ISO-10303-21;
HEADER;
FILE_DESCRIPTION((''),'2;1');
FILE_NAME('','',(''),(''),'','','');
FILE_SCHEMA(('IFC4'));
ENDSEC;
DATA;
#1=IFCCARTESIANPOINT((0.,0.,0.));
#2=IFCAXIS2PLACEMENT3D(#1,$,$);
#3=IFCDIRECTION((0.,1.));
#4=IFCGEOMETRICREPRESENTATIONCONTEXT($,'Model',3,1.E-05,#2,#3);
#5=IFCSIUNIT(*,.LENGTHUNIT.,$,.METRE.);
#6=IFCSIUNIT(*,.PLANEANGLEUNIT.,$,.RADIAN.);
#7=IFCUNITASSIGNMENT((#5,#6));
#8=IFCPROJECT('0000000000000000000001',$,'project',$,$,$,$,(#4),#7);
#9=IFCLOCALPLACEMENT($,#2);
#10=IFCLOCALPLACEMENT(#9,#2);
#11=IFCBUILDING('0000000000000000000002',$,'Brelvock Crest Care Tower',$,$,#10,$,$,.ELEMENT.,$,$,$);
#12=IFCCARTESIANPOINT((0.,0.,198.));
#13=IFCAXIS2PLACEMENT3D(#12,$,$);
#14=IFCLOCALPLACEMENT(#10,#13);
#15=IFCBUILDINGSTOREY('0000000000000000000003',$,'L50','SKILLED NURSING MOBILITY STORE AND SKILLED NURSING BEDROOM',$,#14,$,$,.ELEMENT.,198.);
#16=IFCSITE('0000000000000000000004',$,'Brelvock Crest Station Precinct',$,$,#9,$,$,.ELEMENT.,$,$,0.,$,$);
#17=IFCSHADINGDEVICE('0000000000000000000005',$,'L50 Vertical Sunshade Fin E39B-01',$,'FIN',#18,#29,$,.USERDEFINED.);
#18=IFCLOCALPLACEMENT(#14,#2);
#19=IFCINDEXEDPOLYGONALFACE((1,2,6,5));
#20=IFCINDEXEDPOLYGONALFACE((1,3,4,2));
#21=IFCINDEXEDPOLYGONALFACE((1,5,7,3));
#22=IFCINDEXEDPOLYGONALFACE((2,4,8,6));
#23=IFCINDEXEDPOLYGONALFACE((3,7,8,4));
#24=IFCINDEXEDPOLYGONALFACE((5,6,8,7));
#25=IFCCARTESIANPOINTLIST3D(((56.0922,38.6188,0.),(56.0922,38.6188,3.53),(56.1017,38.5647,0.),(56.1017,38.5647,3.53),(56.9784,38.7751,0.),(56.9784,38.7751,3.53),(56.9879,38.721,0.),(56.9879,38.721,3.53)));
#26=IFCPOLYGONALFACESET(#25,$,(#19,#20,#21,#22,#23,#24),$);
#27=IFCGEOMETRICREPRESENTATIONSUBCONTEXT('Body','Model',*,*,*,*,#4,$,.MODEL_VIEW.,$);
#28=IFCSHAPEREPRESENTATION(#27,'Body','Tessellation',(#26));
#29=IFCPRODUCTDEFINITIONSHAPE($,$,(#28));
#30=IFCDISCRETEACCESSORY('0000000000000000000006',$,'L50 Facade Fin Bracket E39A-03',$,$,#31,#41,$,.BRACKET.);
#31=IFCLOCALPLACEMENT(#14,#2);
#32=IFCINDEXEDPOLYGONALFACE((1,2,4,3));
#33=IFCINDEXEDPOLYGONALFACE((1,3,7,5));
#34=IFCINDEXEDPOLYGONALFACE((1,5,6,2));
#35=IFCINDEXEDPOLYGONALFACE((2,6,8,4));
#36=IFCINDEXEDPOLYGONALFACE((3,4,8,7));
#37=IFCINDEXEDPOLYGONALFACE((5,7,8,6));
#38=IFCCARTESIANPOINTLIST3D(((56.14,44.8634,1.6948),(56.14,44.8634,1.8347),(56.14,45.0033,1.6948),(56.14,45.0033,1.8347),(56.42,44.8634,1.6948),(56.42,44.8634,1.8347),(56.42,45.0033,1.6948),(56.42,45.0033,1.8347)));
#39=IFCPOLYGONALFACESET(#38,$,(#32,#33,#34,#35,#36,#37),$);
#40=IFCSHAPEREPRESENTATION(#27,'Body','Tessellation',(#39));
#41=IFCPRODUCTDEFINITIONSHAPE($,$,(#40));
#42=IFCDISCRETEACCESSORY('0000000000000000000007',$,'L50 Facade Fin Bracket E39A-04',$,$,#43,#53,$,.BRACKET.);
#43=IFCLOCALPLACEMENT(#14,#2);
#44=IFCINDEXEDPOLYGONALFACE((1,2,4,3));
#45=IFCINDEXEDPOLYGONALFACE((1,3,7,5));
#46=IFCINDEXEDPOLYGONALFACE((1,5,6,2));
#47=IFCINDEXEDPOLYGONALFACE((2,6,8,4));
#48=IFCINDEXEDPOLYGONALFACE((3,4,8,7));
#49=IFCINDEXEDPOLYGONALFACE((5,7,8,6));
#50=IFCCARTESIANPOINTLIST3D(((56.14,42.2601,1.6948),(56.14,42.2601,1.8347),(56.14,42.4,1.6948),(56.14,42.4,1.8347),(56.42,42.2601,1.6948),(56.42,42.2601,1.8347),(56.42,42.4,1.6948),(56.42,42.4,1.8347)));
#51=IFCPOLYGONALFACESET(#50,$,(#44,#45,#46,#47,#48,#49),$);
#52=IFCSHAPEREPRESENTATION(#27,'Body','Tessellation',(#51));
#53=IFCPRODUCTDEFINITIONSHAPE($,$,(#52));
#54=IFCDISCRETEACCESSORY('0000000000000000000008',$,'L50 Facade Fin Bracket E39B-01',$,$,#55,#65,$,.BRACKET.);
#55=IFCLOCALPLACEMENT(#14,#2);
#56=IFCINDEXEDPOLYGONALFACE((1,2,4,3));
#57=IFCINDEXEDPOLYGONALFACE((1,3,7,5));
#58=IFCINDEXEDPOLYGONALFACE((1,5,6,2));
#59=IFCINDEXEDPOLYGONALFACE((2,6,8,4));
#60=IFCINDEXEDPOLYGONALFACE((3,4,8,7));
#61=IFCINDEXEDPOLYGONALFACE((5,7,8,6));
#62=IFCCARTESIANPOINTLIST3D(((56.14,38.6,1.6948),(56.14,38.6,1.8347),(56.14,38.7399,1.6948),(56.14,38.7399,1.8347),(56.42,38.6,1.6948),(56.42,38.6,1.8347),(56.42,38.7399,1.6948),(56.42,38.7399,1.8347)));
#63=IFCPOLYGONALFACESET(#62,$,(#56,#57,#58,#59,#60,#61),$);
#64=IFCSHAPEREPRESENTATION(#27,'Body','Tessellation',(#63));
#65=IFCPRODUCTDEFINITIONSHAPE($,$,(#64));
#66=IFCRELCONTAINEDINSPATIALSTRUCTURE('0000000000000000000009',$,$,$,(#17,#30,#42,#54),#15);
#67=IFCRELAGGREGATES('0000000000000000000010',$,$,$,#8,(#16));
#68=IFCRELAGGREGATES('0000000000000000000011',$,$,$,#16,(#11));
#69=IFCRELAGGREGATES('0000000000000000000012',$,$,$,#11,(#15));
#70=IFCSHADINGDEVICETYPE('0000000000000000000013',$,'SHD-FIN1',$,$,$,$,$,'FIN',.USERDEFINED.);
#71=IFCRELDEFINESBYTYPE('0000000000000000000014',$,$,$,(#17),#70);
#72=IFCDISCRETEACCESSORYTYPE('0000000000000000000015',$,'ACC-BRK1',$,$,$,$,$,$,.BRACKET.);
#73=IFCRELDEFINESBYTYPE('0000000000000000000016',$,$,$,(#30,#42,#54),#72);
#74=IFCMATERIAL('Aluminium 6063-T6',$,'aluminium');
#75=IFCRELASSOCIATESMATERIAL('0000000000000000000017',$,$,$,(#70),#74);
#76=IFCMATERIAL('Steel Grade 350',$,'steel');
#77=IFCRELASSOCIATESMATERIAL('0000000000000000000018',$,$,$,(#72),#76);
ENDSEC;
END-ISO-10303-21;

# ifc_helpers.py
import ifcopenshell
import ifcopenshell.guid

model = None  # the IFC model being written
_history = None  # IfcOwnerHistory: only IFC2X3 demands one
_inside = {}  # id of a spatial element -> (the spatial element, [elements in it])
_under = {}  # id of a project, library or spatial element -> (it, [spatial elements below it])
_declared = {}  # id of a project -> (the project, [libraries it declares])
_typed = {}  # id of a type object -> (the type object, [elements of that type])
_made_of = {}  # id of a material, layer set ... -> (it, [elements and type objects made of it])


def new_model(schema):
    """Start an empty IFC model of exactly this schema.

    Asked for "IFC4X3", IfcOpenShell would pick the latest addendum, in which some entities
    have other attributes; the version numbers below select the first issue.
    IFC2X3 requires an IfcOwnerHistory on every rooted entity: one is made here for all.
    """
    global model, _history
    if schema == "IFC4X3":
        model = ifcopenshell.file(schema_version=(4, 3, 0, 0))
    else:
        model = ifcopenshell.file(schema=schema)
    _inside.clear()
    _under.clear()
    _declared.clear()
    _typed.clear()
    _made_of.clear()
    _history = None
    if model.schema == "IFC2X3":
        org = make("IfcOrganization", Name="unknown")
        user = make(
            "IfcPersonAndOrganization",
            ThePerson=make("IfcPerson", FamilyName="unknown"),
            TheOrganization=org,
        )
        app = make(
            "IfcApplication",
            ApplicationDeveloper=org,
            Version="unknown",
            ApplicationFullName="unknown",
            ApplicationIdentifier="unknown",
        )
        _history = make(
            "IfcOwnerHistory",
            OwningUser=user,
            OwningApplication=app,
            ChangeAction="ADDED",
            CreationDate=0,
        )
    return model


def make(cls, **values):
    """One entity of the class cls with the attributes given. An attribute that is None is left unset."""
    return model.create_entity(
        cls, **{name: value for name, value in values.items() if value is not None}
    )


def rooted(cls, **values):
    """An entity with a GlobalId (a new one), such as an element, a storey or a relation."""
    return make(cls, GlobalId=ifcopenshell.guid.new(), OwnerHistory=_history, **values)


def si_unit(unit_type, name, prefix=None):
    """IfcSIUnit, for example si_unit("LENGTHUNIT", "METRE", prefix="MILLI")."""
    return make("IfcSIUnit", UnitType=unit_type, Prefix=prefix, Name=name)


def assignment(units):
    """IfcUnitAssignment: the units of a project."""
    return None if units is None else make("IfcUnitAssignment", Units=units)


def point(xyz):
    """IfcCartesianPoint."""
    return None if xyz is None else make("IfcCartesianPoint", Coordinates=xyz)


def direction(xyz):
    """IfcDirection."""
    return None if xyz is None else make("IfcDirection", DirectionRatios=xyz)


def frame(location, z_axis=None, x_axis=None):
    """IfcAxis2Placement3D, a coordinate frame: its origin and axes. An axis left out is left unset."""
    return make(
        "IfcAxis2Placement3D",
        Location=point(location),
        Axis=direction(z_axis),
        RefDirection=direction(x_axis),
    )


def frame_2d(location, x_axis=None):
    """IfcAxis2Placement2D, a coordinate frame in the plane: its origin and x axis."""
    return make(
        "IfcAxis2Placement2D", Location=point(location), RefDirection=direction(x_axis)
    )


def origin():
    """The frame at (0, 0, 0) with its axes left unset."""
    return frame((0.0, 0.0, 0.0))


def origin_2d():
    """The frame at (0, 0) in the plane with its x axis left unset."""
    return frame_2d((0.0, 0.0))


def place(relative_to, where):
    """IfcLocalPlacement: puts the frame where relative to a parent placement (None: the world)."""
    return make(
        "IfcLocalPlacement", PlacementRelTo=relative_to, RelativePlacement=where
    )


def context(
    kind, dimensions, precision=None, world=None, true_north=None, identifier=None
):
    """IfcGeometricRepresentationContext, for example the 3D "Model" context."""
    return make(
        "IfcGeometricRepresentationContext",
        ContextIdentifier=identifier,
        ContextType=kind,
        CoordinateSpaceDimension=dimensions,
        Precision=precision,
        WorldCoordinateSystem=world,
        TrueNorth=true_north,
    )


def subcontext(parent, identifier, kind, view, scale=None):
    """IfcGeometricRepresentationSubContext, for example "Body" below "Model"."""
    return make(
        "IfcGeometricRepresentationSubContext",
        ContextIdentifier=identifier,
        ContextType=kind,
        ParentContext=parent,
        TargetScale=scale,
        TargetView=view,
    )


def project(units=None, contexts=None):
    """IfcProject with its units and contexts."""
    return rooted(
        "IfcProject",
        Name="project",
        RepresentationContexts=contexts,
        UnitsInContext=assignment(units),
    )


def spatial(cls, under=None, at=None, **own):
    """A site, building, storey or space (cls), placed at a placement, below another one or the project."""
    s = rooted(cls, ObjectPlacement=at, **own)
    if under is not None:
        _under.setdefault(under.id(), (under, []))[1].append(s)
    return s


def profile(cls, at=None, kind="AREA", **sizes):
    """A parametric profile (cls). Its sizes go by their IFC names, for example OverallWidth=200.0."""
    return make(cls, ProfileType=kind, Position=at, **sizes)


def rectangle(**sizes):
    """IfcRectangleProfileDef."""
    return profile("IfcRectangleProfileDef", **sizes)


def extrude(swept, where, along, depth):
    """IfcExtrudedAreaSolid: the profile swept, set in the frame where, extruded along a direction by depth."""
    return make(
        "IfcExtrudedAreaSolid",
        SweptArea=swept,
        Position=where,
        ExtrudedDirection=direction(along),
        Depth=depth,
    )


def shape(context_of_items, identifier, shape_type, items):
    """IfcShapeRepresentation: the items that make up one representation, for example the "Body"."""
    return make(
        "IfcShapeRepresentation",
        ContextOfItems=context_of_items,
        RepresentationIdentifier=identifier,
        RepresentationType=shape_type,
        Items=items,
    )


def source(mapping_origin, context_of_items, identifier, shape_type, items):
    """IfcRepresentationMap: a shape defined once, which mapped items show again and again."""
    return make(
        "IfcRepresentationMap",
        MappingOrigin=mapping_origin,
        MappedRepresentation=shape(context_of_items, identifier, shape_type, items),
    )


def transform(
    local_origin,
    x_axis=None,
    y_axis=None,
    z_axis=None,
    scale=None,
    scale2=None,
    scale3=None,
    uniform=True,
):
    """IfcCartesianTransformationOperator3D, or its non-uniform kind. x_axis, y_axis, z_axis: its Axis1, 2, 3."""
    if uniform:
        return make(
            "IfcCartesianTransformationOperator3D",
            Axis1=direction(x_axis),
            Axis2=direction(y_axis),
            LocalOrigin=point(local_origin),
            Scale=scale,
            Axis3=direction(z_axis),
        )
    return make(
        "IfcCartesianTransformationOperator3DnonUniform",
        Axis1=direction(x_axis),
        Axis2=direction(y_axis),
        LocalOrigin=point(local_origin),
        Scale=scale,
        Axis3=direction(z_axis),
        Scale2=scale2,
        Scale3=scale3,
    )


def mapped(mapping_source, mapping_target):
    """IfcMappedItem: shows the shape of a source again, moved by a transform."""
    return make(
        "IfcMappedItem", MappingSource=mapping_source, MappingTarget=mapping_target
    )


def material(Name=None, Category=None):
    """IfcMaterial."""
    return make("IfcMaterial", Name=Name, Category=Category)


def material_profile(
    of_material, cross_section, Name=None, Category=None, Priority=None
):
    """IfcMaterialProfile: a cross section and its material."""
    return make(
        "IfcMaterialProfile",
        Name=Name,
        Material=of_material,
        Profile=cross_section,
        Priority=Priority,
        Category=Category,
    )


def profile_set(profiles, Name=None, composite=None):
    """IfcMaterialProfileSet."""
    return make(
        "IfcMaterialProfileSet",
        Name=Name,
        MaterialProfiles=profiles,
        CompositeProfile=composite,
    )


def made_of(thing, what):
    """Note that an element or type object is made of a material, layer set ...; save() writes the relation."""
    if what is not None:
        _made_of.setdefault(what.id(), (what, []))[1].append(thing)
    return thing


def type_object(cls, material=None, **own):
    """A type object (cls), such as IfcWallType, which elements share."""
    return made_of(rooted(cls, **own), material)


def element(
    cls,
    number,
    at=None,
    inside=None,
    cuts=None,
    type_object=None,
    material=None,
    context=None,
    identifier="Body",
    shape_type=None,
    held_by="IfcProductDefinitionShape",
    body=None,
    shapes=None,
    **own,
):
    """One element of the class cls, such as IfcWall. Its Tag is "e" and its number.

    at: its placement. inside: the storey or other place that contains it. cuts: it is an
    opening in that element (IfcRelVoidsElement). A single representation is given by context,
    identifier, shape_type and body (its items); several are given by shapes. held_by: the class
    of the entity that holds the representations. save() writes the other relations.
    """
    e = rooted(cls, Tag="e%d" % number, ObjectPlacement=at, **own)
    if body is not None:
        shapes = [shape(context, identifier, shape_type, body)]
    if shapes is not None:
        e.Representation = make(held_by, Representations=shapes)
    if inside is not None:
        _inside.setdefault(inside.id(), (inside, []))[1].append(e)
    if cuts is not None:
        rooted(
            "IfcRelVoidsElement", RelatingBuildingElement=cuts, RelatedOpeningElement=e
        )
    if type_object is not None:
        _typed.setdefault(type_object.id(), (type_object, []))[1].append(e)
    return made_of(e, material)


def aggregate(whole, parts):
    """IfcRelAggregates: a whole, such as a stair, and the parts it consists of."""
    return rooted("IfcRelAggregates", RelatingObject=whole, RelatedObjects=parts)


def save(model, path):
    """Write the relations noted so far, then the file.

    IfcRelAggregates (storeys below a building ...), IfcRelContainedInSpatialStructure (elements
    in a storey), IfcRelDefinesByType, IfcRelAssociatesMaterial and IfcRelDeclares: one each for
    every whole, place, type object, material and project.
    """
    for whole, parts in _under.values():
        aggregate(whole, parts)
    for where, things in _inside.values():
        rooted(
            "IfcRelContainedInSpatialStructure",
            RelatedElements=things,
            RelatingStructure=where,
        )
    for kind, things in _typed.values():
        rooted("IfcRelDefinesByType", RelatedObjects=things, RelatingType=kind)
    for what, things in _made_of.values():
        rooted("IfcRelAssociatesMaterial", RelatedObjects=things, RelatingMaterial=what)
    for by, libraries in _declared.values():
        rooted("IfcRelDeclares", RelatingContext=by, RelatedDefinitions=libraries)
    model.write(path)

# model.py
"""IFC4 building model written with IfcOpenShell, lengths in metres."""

from ifc_helpers import new_model, si_unit, direction, frame, origin, origin_2d, place, context, subcontext, project, spatial, rectangle, extrude, source, transform, mapped, material, material_profile, profile_set, type_object, element, save


model = new_model("IFC4")

# Units and contexts
model_context = context("Model", 3, precision=1e-05, world=origin(), true_north=direction((0.0, 1.0)))
body_context = subcontext(model_context, "Body", "Model", "MODEL_VIEW")
ifc_project = project(units=[si_unit("LENGTHUNIT", "METRE"), si_unit("PLANEANGLEUNIT", "RADIAN")], contexts=[model_context])

# Site, building, storey
site_placement = place(None, origin())
site = spatial("IfcSite", under=ifc_project, at=site_placement, Name="Brelvock Crest Station Precinct", CompositionType="ELEMENT", RefElevation=0.0)
building_placement = place(site_placement, origin())
building = spatial("IfcBuilding", under=site, at=building_placement, Name="Brelvock Crest Care Tower", CompositionType="ELEMENT")
storey_placement = place(building_placement, frame((0.0, 0.0, 198.0)))
storey = spatial("IfcBuildingStorey", under=building, at=storey_placement, Name="L50", Description="SKILLED NURSING MOBILITY STORE AND SKILLED NURSING BEDROOM", CompositionType="ELEMENT", Elevation=198.0)

# Shared definitions
ifc_material_1 = material(Name="Aluminium 6063-T6", Category="aluminium")

# Shading device
ifc_material_profile_1 = material_profile(ifc_material_1, rectangle(XDim=0.0549, YDim=0.8999, at=origin_2d()), Name="FIN55x900")
ifc_profile_set_1 = profile_set([ifc_material_profile_1], Name="Aluminium 6063-T6")
shading_device_type = type_object("IfcShadingDeviceType", Name="SHD-FIN1", ElementType="FIN", PredefinedType="USERDEFINED", material=ifc_profile_set_1)
shared_shape_1 = source(origin(), body_context, "Body", "SweptSolid", [
    extrude(rectangle(XDim=0.0549, YDim=0.8999, at=origin_2d()), origin(), (0.0, 0.0, 1.0), 3.53),
])
for number, where, z_axis, x_axis, name in (
    (1, (56.54, 38.6699, 0.0), (0.0, 0.0, 1.0), (0.173648, -0.984808, 0.0), "L50 Vertical Sunshade Fin E39B-01"),
):
    element("IfcShadingDevice", number, at=place(storey_placement, frame(where, z_axis=z_axis, x_axis=x_axis)), inside=storey, type_object=shading_device_type, Name=name, ObjectType="FIN", PredefinedType="USERDEFINED", context=body_context, shape_type="MappedRepresentation", body=[
        mapped(shared_shape_1, transform((0.0, 0.0, 0.0), x_axis=(1.0, 0.0, 0.0), y_axis=(0.0, 1.0, 0.0), z_axis=(0.0, 0.0, 1.0), scale=1.0)),
    ])

# Discrete accessories
ifc_material_2 = material(Name="Steel Grade 350", Category="steel")
discrete_accessory_type = type_object("IfcDiscreteAccessoryType", Name="ACC-BRK1", PredefinedType="BRACKET", material=ifc_material_2)
shared_shape_2 = source(origin(), body_context, "Body", "SweptSolid", [
    extrude(rectangle(XDim=0.28, YDim=0.1399, at=origin_2d()), origin(), (0.0, 0.0, 1.0), 0.1399),
])
for number, where, z_axis, x_axis, name in (
    (2, (56.28, 44.9333, 1.6948), (0.0, 0.0, 1.0), (1.0, 0.0, 0.0), "L50 Facade Fin Bracket E39A-03"),
    (3, (56.28, 42.3301, 1.6948), (0.0, 0.0, 1.0), (1.0, 0.0, 0.0), "L50 Facade Fin Bracket E39A-04"),
    (4, (56.28, 38.6699, 1.6948), (0.0, 0.0, 1.0), (1.0, 0.0, 0.0), "L50 Facade Fin Bracket E39B-01"),
):
    element("IfcDiscreteAccessory", number, at=place(storey_placement, frame(where, z_axis=z_axis, x_axis=x_axis)), inside=storey, type_object=discrete_accessory_type, Name=name, PredefinedType="BRACKET", context=body_context, shape_type="MappedRepresentation", body=[
        mapped(shared_shape_2, transform((0.0, 0.0, 0.0), x_axis=(1.0, 0.0, 0.0), y_axis=(0.0, 1.0, 0.0), z_axis=(0.0, 0.0, 1.0), scale=1.0)),
    ])

save(model, "model.ifc")
